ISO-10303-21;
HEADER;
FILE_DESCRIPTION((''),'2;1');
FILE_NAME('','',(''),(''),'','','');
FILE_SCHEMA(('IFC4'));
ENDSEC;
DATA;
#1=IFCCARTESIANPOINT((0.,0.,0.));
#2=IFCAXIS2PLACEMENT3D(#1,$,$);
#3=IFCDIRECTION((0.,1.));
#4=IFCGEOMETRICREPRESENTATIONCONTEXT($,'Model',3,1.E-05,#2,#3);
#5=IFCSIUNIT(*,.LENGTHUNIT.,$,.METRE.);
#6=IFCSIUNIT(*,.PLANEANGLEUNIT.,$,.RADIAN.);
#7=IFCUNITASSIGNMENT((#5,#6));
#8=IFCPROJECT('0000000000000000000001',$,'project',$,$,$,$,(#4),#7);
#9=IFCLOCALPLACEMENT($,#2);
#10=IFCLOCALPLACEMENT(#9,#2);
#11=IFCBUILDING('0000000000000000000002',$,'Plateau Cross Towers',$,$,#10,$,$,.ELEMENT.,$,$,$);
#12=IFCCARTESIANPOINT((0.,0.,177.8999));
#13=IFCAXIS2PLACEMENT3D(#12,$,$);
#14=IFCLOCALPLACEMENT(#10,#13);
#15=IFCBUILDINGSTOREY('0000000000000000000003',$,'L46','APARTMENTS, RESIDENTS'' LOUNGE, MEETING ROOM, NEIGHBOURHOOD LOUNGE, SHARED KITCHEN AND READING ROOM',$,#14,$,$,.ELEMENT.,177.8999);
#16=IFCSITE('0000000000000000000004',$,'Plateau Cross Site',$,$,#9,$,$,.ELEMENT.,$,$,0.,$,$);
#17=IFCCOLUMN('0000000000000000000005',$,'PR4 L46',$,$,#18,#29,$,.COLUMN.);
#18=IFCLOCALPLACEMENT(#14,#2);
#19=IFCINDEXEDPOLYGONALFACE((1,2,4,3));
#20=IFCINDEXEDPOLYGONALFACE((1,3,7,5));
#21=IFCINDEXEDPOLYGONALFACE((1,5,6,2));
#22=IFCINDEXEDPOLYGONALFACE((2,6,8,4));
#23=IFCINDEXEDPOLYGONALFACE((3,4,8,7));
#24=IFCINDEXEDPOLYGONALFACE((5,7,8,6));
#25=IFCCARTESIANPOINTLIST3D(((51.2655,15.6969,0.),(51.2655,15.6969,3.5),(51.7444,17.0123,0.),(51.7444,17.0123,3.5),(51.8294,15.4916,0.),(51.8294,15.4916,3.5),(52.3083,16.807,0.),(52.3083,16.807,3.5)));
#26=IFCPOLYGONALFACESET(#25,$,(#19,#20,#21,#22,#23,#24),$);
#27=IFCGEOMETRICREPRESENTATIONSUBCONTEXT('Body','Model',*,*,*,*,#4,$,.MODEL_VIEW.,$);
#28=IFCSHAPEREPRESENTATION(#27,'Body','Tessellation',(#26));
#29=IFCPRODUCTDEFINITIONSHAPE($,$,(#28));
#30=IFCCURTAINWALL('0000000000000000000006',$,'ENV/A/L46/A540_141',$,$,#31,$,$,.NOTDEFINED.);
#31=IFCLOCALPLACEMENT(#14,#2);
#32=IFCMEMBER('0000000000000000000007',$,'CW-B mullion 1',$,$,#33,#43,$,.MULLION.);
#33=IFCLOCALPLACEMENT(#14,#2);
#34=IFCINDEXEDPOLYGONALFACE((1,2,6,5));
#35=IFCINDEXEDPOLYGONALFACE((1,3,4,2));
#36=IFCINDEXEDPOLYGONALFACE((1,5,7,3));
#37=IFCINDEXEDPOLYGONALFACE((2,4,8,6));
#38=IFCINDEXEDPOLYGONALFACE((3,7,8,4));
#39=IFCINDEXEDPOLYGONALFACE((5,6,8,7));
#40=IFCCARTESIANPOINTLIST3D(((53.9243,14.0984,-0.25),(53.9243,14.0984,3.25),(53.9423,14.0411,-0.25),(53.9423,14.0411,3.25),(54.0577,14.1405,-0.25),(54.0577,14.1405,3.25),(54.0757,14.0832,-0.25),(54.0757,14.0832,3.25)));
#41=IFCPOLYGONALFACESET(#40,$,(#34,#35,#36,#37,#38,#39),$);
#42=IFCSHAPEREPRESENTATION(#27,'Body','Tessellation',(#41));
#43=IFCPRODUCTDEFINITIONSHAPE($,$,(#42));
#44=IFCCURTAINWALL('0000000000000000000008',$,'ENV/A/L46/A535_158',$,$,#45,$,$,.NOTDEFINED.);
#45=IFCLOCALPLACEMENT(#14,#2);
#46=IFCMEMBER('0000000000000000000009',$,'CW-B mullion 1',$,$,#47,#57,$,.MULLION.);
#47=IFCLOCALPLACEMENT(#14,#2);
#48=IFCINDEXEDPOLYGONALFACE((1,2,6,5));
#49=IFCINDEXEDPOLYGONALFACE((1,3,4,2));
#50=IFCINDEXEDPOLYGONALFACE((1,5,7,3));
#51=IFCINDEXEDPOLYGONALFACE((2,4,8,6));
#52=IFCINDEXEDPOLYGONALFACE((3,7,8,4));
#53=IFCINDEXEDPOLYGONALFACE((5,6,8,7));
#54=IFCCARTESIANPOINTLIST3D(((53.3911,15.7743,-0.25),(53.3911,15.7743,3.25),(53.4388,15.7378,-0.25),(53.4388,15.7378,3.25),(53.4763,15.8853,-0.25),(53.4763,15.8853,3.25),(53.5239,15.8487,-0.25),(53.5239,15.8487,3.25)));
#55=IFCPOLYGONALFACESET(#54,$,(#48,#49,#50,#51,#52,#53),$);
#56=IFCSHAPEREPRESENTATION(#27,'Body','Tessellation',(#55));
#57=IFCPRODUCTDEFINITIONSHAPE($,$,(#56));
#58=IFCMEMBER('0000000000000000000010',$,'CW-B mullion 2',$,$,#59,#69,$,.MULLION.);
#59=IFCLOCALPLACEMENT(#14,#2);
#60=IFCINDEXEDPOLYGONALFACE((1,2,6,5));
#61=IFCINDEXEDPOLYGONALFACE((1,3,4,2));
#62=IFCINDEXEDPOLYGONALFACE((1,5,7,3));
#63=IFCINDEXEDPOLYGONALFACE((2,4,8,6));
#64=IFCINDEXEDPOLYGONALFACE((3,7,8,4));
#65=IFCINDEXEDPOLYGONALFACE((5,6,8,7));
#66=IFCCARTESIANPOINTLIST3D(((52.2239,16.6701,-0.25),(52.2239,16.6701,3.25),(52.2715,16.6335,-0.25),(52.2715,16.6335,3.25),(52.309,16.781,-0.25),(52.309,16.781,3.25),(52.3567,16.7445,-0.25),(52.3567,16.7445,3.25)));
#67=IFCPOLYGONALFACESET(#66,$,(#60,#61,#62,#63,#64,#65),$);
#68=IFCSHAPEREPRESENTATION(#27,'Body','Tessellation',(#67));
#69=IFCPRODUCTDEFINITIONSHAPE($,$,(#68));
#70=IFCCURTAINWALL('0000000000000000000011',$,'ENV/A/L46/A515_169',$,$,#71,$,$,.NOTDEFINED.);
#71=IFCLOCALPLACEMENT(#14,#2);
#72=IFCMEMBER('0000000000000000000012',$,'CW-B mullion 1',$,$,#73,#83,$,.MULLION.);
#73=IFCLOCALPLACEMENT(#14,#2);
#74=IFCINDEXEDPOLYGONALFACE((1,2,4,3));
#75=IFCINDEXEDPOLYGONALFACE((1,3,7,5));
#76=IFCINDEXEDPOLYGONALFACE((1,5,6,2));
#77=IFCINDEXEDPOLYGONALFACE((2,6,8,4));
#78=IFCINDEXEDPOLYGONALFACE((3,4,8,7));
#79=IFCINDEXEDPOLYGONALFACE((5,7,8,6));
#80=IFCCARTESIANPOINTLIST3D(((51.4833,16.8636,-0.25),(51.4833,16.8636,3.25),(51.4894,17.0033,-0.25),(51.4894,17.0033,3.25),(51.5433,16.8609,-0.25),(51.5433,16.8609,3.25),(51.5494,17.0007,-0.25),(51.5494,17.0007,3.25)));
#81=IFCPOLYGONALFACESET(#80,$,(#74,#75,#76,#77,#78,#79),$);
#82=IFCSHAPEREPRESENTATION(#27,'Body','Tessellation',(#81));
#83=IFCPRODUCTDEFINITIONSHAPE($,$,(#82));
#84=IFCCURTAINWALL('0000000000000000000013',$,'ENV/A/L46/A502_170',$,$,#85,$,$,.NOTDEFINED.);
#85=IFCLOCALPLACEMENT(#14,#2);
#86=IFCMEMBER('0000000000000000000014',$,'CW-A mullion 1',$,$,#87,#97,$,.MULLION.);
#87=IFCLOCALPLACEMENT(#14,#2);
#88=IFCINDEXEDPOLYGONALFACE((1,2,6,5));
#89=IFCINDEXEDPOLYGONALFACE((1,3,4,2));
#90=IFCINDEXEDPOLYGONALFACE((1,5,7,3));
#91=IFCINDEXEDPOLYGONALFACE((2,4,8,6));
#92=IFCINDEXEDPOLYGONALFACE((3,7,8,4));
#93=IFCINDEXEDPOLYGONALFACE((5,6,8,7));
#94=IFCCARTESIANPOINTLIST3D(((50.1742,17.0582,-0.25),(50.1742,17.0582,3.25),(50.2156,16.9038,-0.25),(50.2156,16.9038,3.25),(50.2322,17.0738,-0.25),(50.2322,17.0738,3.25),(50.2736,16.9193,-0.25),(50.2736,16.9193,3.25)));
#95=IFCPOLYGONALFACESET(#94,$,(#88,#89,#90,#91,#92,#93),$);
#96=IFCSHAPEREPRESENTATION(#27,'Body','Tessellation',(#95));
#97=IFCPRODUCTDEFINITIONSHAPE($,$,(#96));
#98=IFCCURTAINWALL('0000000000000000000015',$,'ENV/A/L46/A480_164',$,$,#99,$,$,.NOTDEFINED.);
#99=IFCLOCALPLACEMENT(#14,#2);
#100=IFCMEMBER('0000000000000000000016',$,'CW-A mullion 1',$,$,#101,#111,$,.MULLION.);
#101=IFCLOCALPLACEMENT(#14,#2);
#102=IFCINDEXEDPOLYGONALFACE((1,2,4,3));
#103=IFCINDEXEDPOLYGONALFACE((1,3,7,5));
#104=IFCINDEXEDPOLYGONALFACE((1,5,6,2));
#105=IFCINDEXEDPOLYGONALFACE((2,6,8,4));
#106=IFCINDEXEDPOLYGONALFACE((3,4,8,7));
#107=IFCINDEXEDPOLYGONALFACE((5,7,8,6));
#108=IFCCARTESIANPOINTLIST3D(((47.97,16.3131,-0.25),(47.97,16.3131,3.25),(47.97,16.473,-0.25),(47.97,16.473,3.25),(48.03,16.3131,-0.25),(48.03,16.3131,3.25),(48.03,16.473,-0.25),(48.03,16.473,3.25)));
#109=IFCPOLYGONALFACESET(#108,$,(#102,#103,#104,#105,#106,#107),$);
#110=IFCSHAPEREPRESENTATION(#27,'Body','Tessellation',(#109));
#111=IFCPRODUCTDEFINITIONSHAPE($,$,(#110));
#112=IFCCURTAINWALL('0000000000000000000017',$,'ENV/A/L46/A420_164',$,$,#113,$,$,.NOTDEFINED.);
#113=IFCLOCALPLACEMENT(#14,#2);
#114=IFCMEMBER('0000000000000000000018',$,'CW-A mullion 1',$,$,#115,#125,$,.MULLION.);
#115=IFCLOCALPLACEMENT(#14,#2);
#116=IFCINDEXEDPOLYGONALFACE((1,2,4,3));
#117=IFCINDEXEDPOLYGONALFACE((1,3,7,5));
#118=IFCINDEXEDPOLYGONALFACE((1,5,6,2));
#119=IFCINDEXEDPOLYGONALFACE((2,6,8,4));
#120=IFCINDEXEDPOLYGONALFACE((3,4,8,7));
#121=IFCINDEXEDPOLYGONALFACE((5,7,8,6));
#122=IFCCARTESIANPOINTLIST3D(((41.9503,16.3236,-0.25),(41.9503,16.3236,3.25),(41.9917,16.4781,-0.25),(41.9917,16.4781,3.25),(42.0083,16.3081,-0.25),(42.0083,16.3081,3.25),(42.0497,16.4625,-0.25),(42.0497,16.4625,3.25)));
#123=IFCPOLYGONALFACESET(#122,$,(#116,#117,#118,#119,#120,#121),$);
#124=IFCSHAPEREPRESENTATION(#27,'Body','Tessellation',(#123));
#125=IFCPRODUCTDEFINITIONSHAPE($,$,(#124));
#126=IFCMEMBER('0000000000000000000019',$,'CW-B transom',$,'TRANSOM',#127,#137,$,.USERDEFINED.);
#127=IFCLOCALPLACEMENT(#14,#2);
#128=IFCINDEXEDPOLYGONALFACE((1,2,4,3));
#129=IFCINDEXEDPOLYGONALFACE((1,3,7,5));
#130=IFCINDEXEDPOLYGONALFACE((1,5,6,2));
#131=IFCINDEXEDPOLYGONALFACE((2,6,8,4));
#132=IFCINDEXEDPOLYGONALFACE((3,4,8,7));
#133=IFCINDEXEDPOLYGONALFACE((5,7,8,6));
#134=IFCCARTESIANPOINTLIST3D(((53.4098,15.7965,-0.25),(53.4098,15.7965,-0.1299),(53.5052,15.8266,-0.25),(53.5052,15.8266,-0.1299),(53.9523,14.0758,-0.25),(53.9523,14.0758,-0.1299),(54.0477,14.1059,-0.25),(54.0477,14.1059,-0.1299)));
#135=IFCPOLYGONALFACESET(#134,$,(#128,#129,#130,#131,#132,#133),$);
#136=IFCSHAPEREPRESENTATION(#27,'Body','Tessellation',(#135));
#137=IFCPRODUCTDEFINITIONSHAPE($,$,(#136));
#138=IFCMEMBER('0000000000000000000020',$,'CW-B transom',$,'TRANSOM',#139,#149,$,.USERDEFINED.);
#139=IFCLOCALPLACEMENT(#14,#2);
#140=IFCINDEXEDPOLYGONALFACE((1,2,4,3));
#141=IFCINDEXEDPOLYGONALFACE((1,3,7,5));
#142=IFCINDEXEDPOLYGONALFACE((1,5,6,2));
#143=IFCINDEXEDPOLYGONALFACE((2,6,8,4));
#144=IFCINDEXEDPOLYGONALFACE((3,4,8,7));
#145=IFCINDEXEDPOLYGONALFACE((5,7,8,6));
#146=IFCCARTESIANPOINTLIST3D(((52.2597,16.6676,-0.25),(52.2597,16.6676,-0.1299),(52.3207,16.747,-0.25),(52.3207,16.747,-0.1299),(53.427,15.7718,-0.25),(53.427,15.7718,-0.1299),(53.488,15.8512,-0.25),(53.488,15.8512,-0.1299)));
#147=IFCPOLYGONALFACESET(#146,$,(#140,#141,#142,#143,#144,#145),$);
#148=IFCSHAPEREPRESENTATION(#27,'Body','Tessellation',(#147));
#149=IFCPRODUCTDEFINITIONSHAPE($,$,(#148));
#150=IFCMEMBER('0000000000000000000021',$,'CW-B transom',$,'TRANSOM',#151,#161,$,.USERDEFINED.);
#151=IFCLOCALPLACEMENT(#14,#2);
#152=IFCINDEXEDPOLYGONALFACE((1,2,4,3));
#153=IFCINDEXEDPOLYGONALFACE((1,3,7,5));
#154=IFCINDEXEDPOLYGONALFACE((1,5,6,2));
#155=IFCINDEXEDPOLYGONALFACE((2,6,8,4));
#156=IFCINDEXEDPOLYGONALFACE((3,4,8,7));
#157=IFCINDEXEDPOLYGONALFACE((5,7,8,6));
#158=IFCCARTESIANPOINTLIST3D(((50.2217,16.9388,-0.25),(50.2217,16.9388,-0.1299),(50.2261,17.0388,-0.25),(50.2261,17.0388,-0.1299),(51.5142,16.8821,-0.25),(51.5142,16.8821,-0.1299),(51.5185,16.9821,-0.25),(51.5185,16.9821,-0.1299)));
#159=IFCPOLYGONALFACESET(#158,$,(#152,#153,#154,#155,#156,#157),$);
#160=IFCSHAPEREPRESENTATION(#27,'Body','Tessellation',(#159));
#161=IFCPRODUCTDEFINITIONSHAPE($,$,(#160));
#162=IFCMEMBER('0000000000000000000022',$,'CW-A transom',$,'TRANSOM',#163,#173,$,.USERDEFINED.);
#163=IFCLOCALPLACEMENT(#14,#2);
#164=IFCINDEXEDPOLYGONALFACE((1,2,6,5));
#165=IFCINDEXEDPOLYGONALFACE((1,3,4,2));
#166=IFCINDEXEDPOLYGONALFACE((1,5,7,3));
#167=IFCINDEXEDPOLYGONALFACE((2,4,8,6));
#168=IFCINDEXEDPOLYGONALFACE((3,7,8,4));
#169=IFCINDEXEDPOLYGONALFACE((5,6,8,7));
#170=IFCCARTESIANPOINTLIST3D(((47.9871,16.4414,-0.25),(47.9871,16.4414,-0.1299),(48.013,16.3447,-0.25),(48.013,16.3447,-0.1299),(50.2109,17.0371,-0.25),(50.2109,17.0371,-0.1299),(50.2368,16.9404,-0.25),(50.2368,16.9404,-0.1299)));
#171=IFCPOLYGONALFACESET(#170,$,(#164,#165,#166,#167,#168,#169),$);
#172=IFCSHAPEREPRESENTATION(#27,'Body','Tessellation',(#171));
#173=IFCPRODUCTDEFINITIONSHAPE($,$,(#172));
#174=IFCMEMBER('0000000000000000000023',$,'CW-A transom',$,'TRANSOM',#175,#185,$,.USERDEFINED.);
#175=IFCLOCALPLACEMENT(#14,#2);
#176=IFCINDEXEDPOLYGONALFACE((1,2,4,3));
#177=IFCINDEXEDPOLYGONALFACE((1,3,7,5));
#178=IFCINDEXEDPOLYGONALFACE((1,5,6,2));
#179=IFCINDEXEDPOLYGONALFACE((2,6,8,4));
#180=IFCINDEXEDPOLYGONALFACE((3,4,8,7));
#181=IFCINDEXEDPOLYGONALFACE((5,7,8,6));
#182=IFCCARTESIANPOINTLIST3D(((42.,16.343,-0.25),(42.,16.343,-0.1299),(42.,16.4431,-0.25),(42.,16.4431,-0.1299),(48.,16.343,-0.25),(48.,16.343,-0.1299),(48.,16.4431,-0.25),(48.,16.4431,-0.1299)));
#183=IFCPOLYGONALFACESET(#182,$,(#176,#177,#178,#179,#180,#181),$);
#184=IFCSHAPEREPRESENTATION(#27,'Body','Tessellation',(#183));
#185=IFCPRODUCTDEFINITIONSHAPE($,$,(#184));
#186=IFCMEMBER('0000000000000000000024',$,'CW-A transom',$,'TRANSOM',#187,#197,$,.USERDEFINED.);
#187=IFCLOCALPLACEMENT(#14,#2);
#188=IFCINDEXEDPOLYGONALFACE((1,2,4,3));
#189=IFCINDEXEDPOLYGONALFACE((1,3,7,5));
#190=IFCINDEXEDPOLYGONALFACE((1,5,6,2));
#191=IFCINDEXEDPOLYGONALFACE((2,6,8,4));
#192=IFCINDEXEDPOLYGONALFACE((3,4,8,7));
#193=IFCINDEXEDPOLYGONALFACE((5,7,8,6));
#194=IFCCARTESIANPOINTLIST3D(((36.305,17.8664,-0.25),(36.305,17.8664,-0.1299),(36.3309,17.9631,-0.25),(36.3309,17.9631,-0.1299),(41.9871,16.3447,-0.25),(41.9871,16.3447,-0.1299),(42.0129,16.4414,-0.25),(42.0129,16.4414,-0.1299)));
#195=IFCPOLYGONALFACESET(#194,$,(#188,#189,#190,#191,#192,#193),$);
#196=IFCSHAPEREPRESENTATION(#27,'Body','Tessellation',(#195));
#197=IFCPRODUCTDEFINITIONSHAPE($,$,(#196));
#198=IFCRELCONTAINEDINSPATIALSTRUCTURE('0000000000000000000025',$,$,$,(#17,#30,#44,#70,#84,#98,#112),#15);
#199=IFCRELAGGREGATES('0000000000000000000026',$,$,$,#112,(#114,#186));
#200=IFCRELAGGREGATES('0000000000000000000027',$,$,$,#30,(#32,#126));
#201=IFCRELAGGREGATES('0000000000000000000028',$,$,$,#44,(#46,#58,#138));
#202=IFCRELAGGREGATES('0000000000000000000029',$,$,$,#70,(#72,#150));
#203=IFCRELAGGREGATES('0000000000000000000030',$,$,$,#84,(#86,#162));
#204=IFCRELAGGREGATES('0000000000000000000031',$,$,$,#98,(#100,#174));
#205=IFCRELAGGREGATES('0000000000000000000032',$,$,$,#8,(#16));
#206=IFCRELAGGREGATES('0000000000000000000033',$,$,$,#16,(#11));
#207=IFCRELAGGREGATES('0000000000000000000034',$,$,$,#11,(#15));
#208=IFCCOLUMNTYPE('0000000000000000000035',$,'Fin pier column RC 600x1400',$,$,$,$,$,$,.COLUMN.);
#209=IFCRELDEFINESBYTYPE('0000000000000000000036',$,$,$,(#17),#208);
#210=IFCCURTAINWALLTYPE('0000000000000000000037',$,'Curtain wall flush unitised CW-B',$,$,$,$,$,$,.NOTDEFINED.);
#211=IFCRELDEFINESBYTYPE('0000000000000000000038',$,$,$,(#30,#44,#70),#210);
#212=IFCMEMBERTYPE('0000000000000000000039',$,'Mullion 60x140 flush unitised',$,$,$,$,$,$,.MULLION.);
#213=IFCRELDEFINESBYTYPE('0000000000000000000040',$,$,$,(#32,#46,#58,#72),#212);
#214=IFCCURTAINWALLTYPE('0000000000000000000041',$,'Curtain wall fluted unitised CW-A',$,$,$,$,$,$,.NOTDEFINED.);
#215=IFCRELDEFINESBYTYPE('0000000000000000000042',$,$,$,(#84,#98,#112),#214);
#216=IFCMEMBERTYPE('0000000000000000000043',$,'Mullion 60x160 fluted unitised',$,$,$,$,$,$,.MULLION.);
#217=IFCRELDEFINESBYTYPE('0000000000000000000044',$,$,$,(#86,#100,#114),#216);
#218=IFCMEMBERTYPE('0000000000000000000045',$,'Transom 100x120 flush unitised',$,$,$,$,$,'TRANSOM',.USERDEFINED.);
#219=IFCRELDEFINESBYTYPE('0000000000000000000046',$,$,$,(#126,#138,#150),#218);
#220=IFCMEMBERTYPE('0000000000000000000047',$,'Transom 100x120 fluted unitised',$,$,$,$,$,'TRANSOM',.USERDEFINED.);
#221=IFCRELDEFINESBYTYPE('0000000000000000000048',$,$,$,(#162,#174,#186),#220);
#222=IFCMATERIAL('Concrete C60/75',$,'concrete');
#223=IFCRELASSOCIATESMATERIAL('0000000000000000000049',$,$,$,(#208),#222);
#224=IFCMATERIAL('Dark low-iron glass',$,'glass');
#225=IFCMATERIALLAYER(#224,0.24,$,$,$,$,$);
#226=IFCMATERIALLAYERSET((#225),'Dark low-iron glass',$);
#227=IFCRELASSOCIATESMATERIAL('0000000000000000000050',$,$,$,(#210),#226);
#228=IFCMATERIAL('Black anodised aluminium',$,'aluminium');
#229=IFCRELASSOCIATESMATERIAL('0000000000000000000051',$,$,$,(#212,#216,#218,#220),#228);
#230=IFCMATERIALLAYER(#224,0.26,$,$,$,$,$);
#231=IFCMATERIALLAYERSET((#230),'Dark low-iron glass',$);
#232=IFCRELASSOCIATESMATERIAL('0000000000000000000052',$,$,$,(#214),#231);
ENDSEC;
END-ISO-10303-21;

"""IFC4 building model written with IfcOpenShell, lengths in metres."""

from ifc_helpers import new_model, si_unit, direction, frame, origin, origin_2d, place, context, subcontext, project, spatial, rectangle, extrude, material, layer, layer_set, material_profile, profile_set, type_object, element, aggregate, save


model = new_model("IFC4")

# Units and contexts
model_context = context("Model", 3, precision=1e-05, world=origin(), true_north=direction((0.0, 1.0)))
body_context = subcontext(model_context, "Body", "Model", "MODEL_VIEW")
ifc_project = project(units=[si_unit("LENGTHUNIT", "METRE"), si_unit("PLANEANGLEUNIT", "RADIAN")], contexts=[model_context])

# Site, building, storey
site_placement = place(None, origin())
site = spatial("IfcSite", under=ifc_project, at=site_placement, Name="Plateau Cross Site", CompositionType="ELEMENT", RefElevation=0.0)
building_placement = place(site_placement, origin())
building = spatial("IfcBuilding", under=site, at=building_placement, Name="Plateau Cross Towers", CompositionType="ELEMENT")
storey_placement = place(building_placement, frame((0.0, 0.0, 177.8999)))
storey = spatial("IfcBuildingStorey", under=building, at=storey_placement, Name="L46", Description="APARTMENTS, RESIDENTS' LOUNGE, MEETING ROOM, NEIGHBOURHOOD LOUNGE, SHARED KITCHEN AND READING ROOM", CompositionType="ELEMENT", Elevation=177.8999)

# Column
ifc_material_1 = material(Name="Concrete C60/75", Category="concrete")
ifc_material_profile_1 = material_profile(ifc_material_1, rectangle(XDim=0.6001, YDim=1.3999, at=origin_2d()), Name="RC 600x1400")
ifc_profile_set_1 = profile_set([ifc_material_profile_1], Name="Concrete C60/75")
column_type = type_object("IfcColumnType", Name="Fin pier column RC 600x1400", PredefinedType="COLUMN", material=ifc_profile_set_1)
column_placement = place(storey_placement, frame((51.7869, 16.252, 0.0), z_axis=(0.0, 0.0, 1.0), x_axis=(-0.939664, 0.342098, 0.0)))
element("IfcColumn", 1, at=column_placement, inside=storey, type_object=column_type, Name="PR4 L46", PredefinedType="COLUMN", context=body_context, shape_type="SweptSolid", body=[
    extrude(rectangle(XDim=0.6001, YDim=1.3999, at=origin_2d()), origin(), (0.0, 0.0, 1.0), 3.5),
])

# Curtain wall, member
ifc_material_2 = material(Name="Dark low-iron glass", Category="glass")
ifc_layer_1 = layer(ifc_material_2, 0.24)
ifc_layer_set_1 = layer_set([ifc_layer_1], Name="Dark low-iron glass")
curtain_wall_type_1 = type_object("IfcCurtainWallType", Name="Curtain wall flush unitised CW-B", PredefinedType="NOTDEFINED", material=ifc_layer_set_1)
curtain_wall_1_placement = place(storey_placement, origin())
curtain_wall_1 = element("IfcCurtainWall", 2, at=curtain_wall_1_placement, inside=storey, type_object=curtain_wall_type_1, Name="ENV/A/L46/A540_141", PredefinedType="NOTDEFINED")
ifc_material_3 = material(Name="Black anodised aluminium", Category="aluminium")
ifc_material_profile_2 = material_profile(ifc_material_3, rectangle(XDim=0.0601, YDim=0.1399, at=origin_2d()), Name="MULLION 60x140")
ifc_profile_set_2 = profile_set([ifc_material_profile_2], Name="Black anodised aluminium")
member_type_1 = type_object("IfcMemberType", Name="Mullion 60x140 flush unitised", PredefinedType="MULLION", material=ifc_profile_set_2)
member_1_placement = place(storey_placement, frame((54.0, 14.0908, -0.25), z_axis=(0.0, 0.0, 1.0), x_axis=(-0.300686, 0.953723, 0.0)))
member_1 = element("IfcMember", 3, at=member_1_placement, type_object=member_type_1, Name="CW-B mullion 1", PredefinedType="MULLION", context=body_context, shape_type="SweptSolid", body=[
    extrude(rectangle(XDim=0.0601, YDim=0.1399, at=origin_2d()), origin(), (0.0, 0.0, 1.0), 3.5),
])

# Curtain wall, members
curtain_wall_2_placement = place(storey_placement, origin())
curtain_wall_2 = element("IfcCurtainWall", 4, at=curtain_wall_2_placement, inside=storey, type_object=curtain_wall_type_1, Name="ENV/A/L46/A535_158", PredefinedType="NOTDEFINED")
member_2_placement = place(storey_placement, frame((53.4575, 15.8115, -0.25), z_axis=(0.0, 0.0, 1.0), x_axis=(-0.793316, 0.608811, 0.0)))
member_2 = element("IfcMember", 5, at=member_2_placement, type_object=member_type_1, Name="CW-B mullion 1", PredefinedType="MULLION", context=body_context, shape_type="SweptSolid", body=[
    extrude(rectangle(XDim=0.0601, YDim=0.1399, at=origin_2d()), origin(), (0.0, 0.0, 1.0), 3.5),
])
member_3_placement = place(storey_placement, frame((52.2903, 16.7073, -0.25), z_axis=(0.0, 0.0, 1.0), x_axis=(-0.793316, 0.608811, 0.0)))
member_3 = element("IfcMember", 6, at=member_3_placement, type_object=member_type_1, Name="CW-B mullion 2", PredefinedType="MULLION", context=body_context, shape_type="SweptSolid", body=[
    extrude(rectangle(XDim=0.0601, YDim=0.1399, at=origin_2d()), origin(), (0.0, 0.0, 1.0), 3.5),
])

# Curtain walls, members
curtain_wall_3_placement = place(storey_placement, origin())
curtain_wall_3 = element("IfcCurtainWall", 7, at=curtain_wall_3_placement, inside=storey, type_object=curtain_wall_type_1, Name="ENV/A/L46/A515_169", PredefinedType="NOTDEFINED")
member_4_placement = place(storey_placement, frame((51.5164, 16.9321, -0.25), z_axis=(0.0, 0.0, 1.0), x_axis=(-0.999044, 0.043723, 0.0)))
member_4 = element("IfcMember", 8, at=member_4_placement, type_object=member_type_1, Name="CW-B mullion 1", PredefinedType="MULLION", context=body_context, shape_type="SweptSolid", body=[
    extrude(rectangle(XDim=0.0601, YDim=0.1399, at=origin_2d()), origin(), (0.0, 0.0, 1.0), 3.5),
])
ifc_layer_2 = layer(ifc_material_2, 0.26)
ifc_layer_set_2 = layer_set([ifc_layer_2], Name="Dark low-iron glass")
curtain_wall_type_2 = type_object("IfcCurtainWallType", Name="Curtain wall fluted unitised CW-A", PredefinedType="NOTDEFINED", material=ifc_layer_set_2)
curtain_wall_4_placement = place(storey_placement, origin())
curtain_wall_4 = element("IfcCurtainWall", 9, at=curtain_wall_4_placement, inside=storey, type_object=curtain_wall_type_2, Name="ENV/A/L46/A502_170", PredefinedType="NOTDEFINED")
ifc_material_profile_3 = material_profile(ifc_material_3, rectangle(XDim=0.0601, YDim=0.1599, at=origin_2d()), Name="MULLION 60x160")
ifc_profile_set_3 = profile_set([ifc_material_profile_3], Name="Black anodised aluminium")
member_type_2 = type_object("IfcMemberType", Name="Mullion 60x160 fluted unitised", PredefinedType="MULLION", material=ifc_profile_set_3)
member_5_placement = place(storey_placement, frame((50.2239, 16.9888, -0.25), z_axis=(0.0, 0.0, 1.0), x_axis=(-0.965958, -0.258699, 0.0)))
member_5 = element("IfcMember", 10, at=member_5_placement, type_object=member_type_2, Name="CW-A mullion 1", PredefinedType="MULLION", context=body_context, shape_type="SweptSolid", body=[
    extrude(rectangle(XDim=0.0601, YDim=0.1599, at=origin_2d()), origin(), (0.0, 0.0, 1.0), 3.5),
])
curtain_wall_5_placement = place(storey_placement, origin())
curtain_wall_5 = element("IfcCurtainWall", 11, at=curtain_wall_5_placement, inside=storey, type_object=curtain_wall_type_2, Name="ENV/A/L46/A480_164", PredefinedType="NOTDEFINED")
member_6_placement = place(storey_placement, frame((48.0, 16.3931, -0.25), z_axis=(0.0, 0.0, 1.0), x_axis=(-1.0, 0.0, 0.0)))
member_6 = element("IfcMember", 12, at=member_6_placement, type_object=member_type_2, Name="CW-A mullion 1", PredefinedType="MULLION", context=body_context, shape_type="SweptSolid", body=[
    extrude(rectangle(XDim=0.0601, YDim=0.1599, at=origin_2d()), origin(), (0.0, 0.0, 1.0), 3.5),
])
curtain_wall_6_placement = place(storey_placement, origin())
curtain_wall_6 = element("IfcCurtainWall", 13, at=curtain_wall_6_placement, inside=storey, type_object=curtain_wall_type_2, Name="ENV/A/L46/A420_164", PredefinedType="NOTDEFINED")
member_7_placement = place(storey_placement, frame((42.0, 16.3931, -0.25), z_axis=(0.0, 0.0, 1.0), x_axis=(-0.965958, 0.258699, 0.0)))
member_7 = element("IfcMember", 14, at=member_7_placement, type_object=member_type_2, Name="CW-A mullion 1", PredefinedType="MULLION", context=body_context, shape_type="SweptSolid", body=[
    extrude(rectangle(XDim=0.0601, YDim=0.1599, at=origin_2d()), origin(), (0.0, 0.0, 1.0), 3.5),
])

# Members
ifc_material_profile_4 = material_profile(ifc_material_3, rectangle(XDim=0.1001, YDim=0.1201, at=origin_2d()), Name="TRANSOM 100x120")
ifc_profile_set_4 = profile_set([ifc_material_profile_4], Name="Black anodised aluminium")
member_type_3 = type_object("IfcMemberType", Name="Transom 100x120 flush unitised", ElementType="TRANSOM", PredefinedType="USERDEFINED", material=ifc_profile_set_4)
member_8_placement = place(storey_placement, frame((54.0, 14.0908, -0.1899), z_axis=(-0.300678, 0.953726, 0.0), x_axis=(-0.953726, -0.300678, 0.0)))
member_8 = element("IfcMember", 15, at=member_8_placement, type_object=member_type_3, Name="CW-B transom", ObjectType="TRANSOM", PredefinedType="USERDEFINED", context=body_context, shape_type="SweptSolid", body=[
    extrude(rectangle(XDim=0.1001, YDim=0.1201, at=origin_2d()), origin(), (0.0, 0.0, 1.0), 1.8042),
])
member_9_placement = place(storey_placement, frame((53.4575, 15.8115, -0.1899), z_axis=(-0.793321, 0.608804, 0.0), x_axis=(-0.608804, -0.793321, 0.0)))
member_9 = element("IfcMember", 16, at=member_9_placement, type_object=member_type_3, Name="CW-B transom", ObjectType="TRANSOM", PredefinedType="USERDEFINED", context=body_context, shape_type="SweptSolid", body=[
    extrude(rectangle(XDim=0.1001, YDim=0.1201, at=origin_2d()), origin(), (0.0, 0.0, 1.0), 1.4714),
])
member_10_placement = place(storey_placement, frame((51.5164, 16.9321, -0.1899), z_axis=(-0.999041, 0.043781, 0.0), x_axis=(-0.043781, -0.999041, 0.0)))
member_10 = element("IfcMember", 17, at=member_10_placement, type_object=member_type_3, Name="CW-B transom", ObjectType="TRANSOM", PredefinedType="USERDEFINED", context=body_context, shape_type="SweptSolid", body=[
    extrude(rectangle(XDim=0.1001, YDim=0.1201, at=origin_2d()), origin(), (0.0, 0.0, 1.0), 1.2937),
])
ifc_material_profile_5 = material_profile(ifc_material_3, rectangle(XDim=0.1001, YDim=0.1201, at=origin_2d()), Name="TRANSOM 100x120")
ifc_profile_set_5 = profile_set([ifc_material_profile_5], Name="Black anodised aluminium")
member_type_4 = type_object("IfcMemberType", Name="Transom 100x120 fluted unitised", ElementType="TRANSOM", PredefinedType="USERDEFINED", material=ifc_profile_set_5)
member_11_placement = place(storey_placement, frame((50.2239, 16.9888, -0.1899), z_axis=(-0.965946, -0.258745, 0.0), x_axis=(0.258745, -0.965946, 0.0)))
member_11 = element("IfcMember", 18, at=member_11_placement, type_object=member_type_4, Name="CW-A transom", ObjectType="TRANSOM", PredefinedType="USERDEFINED", context=body_context, shape_type="SweptSolid", body=[
    extrude(rectangle(XDim=0.1001, YDim=0.1201, at=origin_2d()), origin(), (0.0, 0.0, 1.0), 2.3022),
])
member_12_placement = place(storey_placement, frame((48.0, 16.3931, -0.1899), z_axis=(-1.0, 0.0, 0.0), x_axis=(0.0, -1.0, 0.0)))
member_12 = element("IfcMember", 19, at=member_12_placement, type_object=member_type_4, Name="CW-A transom", ObjectType="TRANSOM", PredefinedType="USERDEFINED", context=body_context, shape_type="SweptSolid", body=[
    extrude(rectangle(XDim=0.1001, YDim=0.1201, at=origin_2d()), origin(), (0.0, 0.0, 1.0), 6.0),
])
member_13_placement = place(storey_placement, frame((42.0, 16.3931, -0.1899), z_axis=(-0.96596, 0.258693, 0.0), x_axis=(-0.258693, -0.96596, 0.0)))
member_13 = element("IfcMember", 20, at=member_13_placement, type_object=member_type_4, Name="CW-A transom", ObjectType="TRANSOM", PredefinedType="USERDEFINED", context=body_context, shape_type="SweptSolid", body=[
    extrude(rectangle(XDim=0.1001, YDim=0.1201, at=origin_2d()), origin(), (0.0, 0.0, 1.0), 5.8823),
])
aggregate(curtain_wall_6, [member_7, member_13])

aggregate(curtain_wall_1, [member_1, member_8])
aggregate(curtain_wall_2, [member_2, member_3, member_9])
aggregate(curtain_wall_3, [member_4, member_10])
aggregate(curtain_wall_4, [member_5, member_11])
aggregate(curtain_wall_5, [member_6, member_12])

save(model, "model.ifc")
